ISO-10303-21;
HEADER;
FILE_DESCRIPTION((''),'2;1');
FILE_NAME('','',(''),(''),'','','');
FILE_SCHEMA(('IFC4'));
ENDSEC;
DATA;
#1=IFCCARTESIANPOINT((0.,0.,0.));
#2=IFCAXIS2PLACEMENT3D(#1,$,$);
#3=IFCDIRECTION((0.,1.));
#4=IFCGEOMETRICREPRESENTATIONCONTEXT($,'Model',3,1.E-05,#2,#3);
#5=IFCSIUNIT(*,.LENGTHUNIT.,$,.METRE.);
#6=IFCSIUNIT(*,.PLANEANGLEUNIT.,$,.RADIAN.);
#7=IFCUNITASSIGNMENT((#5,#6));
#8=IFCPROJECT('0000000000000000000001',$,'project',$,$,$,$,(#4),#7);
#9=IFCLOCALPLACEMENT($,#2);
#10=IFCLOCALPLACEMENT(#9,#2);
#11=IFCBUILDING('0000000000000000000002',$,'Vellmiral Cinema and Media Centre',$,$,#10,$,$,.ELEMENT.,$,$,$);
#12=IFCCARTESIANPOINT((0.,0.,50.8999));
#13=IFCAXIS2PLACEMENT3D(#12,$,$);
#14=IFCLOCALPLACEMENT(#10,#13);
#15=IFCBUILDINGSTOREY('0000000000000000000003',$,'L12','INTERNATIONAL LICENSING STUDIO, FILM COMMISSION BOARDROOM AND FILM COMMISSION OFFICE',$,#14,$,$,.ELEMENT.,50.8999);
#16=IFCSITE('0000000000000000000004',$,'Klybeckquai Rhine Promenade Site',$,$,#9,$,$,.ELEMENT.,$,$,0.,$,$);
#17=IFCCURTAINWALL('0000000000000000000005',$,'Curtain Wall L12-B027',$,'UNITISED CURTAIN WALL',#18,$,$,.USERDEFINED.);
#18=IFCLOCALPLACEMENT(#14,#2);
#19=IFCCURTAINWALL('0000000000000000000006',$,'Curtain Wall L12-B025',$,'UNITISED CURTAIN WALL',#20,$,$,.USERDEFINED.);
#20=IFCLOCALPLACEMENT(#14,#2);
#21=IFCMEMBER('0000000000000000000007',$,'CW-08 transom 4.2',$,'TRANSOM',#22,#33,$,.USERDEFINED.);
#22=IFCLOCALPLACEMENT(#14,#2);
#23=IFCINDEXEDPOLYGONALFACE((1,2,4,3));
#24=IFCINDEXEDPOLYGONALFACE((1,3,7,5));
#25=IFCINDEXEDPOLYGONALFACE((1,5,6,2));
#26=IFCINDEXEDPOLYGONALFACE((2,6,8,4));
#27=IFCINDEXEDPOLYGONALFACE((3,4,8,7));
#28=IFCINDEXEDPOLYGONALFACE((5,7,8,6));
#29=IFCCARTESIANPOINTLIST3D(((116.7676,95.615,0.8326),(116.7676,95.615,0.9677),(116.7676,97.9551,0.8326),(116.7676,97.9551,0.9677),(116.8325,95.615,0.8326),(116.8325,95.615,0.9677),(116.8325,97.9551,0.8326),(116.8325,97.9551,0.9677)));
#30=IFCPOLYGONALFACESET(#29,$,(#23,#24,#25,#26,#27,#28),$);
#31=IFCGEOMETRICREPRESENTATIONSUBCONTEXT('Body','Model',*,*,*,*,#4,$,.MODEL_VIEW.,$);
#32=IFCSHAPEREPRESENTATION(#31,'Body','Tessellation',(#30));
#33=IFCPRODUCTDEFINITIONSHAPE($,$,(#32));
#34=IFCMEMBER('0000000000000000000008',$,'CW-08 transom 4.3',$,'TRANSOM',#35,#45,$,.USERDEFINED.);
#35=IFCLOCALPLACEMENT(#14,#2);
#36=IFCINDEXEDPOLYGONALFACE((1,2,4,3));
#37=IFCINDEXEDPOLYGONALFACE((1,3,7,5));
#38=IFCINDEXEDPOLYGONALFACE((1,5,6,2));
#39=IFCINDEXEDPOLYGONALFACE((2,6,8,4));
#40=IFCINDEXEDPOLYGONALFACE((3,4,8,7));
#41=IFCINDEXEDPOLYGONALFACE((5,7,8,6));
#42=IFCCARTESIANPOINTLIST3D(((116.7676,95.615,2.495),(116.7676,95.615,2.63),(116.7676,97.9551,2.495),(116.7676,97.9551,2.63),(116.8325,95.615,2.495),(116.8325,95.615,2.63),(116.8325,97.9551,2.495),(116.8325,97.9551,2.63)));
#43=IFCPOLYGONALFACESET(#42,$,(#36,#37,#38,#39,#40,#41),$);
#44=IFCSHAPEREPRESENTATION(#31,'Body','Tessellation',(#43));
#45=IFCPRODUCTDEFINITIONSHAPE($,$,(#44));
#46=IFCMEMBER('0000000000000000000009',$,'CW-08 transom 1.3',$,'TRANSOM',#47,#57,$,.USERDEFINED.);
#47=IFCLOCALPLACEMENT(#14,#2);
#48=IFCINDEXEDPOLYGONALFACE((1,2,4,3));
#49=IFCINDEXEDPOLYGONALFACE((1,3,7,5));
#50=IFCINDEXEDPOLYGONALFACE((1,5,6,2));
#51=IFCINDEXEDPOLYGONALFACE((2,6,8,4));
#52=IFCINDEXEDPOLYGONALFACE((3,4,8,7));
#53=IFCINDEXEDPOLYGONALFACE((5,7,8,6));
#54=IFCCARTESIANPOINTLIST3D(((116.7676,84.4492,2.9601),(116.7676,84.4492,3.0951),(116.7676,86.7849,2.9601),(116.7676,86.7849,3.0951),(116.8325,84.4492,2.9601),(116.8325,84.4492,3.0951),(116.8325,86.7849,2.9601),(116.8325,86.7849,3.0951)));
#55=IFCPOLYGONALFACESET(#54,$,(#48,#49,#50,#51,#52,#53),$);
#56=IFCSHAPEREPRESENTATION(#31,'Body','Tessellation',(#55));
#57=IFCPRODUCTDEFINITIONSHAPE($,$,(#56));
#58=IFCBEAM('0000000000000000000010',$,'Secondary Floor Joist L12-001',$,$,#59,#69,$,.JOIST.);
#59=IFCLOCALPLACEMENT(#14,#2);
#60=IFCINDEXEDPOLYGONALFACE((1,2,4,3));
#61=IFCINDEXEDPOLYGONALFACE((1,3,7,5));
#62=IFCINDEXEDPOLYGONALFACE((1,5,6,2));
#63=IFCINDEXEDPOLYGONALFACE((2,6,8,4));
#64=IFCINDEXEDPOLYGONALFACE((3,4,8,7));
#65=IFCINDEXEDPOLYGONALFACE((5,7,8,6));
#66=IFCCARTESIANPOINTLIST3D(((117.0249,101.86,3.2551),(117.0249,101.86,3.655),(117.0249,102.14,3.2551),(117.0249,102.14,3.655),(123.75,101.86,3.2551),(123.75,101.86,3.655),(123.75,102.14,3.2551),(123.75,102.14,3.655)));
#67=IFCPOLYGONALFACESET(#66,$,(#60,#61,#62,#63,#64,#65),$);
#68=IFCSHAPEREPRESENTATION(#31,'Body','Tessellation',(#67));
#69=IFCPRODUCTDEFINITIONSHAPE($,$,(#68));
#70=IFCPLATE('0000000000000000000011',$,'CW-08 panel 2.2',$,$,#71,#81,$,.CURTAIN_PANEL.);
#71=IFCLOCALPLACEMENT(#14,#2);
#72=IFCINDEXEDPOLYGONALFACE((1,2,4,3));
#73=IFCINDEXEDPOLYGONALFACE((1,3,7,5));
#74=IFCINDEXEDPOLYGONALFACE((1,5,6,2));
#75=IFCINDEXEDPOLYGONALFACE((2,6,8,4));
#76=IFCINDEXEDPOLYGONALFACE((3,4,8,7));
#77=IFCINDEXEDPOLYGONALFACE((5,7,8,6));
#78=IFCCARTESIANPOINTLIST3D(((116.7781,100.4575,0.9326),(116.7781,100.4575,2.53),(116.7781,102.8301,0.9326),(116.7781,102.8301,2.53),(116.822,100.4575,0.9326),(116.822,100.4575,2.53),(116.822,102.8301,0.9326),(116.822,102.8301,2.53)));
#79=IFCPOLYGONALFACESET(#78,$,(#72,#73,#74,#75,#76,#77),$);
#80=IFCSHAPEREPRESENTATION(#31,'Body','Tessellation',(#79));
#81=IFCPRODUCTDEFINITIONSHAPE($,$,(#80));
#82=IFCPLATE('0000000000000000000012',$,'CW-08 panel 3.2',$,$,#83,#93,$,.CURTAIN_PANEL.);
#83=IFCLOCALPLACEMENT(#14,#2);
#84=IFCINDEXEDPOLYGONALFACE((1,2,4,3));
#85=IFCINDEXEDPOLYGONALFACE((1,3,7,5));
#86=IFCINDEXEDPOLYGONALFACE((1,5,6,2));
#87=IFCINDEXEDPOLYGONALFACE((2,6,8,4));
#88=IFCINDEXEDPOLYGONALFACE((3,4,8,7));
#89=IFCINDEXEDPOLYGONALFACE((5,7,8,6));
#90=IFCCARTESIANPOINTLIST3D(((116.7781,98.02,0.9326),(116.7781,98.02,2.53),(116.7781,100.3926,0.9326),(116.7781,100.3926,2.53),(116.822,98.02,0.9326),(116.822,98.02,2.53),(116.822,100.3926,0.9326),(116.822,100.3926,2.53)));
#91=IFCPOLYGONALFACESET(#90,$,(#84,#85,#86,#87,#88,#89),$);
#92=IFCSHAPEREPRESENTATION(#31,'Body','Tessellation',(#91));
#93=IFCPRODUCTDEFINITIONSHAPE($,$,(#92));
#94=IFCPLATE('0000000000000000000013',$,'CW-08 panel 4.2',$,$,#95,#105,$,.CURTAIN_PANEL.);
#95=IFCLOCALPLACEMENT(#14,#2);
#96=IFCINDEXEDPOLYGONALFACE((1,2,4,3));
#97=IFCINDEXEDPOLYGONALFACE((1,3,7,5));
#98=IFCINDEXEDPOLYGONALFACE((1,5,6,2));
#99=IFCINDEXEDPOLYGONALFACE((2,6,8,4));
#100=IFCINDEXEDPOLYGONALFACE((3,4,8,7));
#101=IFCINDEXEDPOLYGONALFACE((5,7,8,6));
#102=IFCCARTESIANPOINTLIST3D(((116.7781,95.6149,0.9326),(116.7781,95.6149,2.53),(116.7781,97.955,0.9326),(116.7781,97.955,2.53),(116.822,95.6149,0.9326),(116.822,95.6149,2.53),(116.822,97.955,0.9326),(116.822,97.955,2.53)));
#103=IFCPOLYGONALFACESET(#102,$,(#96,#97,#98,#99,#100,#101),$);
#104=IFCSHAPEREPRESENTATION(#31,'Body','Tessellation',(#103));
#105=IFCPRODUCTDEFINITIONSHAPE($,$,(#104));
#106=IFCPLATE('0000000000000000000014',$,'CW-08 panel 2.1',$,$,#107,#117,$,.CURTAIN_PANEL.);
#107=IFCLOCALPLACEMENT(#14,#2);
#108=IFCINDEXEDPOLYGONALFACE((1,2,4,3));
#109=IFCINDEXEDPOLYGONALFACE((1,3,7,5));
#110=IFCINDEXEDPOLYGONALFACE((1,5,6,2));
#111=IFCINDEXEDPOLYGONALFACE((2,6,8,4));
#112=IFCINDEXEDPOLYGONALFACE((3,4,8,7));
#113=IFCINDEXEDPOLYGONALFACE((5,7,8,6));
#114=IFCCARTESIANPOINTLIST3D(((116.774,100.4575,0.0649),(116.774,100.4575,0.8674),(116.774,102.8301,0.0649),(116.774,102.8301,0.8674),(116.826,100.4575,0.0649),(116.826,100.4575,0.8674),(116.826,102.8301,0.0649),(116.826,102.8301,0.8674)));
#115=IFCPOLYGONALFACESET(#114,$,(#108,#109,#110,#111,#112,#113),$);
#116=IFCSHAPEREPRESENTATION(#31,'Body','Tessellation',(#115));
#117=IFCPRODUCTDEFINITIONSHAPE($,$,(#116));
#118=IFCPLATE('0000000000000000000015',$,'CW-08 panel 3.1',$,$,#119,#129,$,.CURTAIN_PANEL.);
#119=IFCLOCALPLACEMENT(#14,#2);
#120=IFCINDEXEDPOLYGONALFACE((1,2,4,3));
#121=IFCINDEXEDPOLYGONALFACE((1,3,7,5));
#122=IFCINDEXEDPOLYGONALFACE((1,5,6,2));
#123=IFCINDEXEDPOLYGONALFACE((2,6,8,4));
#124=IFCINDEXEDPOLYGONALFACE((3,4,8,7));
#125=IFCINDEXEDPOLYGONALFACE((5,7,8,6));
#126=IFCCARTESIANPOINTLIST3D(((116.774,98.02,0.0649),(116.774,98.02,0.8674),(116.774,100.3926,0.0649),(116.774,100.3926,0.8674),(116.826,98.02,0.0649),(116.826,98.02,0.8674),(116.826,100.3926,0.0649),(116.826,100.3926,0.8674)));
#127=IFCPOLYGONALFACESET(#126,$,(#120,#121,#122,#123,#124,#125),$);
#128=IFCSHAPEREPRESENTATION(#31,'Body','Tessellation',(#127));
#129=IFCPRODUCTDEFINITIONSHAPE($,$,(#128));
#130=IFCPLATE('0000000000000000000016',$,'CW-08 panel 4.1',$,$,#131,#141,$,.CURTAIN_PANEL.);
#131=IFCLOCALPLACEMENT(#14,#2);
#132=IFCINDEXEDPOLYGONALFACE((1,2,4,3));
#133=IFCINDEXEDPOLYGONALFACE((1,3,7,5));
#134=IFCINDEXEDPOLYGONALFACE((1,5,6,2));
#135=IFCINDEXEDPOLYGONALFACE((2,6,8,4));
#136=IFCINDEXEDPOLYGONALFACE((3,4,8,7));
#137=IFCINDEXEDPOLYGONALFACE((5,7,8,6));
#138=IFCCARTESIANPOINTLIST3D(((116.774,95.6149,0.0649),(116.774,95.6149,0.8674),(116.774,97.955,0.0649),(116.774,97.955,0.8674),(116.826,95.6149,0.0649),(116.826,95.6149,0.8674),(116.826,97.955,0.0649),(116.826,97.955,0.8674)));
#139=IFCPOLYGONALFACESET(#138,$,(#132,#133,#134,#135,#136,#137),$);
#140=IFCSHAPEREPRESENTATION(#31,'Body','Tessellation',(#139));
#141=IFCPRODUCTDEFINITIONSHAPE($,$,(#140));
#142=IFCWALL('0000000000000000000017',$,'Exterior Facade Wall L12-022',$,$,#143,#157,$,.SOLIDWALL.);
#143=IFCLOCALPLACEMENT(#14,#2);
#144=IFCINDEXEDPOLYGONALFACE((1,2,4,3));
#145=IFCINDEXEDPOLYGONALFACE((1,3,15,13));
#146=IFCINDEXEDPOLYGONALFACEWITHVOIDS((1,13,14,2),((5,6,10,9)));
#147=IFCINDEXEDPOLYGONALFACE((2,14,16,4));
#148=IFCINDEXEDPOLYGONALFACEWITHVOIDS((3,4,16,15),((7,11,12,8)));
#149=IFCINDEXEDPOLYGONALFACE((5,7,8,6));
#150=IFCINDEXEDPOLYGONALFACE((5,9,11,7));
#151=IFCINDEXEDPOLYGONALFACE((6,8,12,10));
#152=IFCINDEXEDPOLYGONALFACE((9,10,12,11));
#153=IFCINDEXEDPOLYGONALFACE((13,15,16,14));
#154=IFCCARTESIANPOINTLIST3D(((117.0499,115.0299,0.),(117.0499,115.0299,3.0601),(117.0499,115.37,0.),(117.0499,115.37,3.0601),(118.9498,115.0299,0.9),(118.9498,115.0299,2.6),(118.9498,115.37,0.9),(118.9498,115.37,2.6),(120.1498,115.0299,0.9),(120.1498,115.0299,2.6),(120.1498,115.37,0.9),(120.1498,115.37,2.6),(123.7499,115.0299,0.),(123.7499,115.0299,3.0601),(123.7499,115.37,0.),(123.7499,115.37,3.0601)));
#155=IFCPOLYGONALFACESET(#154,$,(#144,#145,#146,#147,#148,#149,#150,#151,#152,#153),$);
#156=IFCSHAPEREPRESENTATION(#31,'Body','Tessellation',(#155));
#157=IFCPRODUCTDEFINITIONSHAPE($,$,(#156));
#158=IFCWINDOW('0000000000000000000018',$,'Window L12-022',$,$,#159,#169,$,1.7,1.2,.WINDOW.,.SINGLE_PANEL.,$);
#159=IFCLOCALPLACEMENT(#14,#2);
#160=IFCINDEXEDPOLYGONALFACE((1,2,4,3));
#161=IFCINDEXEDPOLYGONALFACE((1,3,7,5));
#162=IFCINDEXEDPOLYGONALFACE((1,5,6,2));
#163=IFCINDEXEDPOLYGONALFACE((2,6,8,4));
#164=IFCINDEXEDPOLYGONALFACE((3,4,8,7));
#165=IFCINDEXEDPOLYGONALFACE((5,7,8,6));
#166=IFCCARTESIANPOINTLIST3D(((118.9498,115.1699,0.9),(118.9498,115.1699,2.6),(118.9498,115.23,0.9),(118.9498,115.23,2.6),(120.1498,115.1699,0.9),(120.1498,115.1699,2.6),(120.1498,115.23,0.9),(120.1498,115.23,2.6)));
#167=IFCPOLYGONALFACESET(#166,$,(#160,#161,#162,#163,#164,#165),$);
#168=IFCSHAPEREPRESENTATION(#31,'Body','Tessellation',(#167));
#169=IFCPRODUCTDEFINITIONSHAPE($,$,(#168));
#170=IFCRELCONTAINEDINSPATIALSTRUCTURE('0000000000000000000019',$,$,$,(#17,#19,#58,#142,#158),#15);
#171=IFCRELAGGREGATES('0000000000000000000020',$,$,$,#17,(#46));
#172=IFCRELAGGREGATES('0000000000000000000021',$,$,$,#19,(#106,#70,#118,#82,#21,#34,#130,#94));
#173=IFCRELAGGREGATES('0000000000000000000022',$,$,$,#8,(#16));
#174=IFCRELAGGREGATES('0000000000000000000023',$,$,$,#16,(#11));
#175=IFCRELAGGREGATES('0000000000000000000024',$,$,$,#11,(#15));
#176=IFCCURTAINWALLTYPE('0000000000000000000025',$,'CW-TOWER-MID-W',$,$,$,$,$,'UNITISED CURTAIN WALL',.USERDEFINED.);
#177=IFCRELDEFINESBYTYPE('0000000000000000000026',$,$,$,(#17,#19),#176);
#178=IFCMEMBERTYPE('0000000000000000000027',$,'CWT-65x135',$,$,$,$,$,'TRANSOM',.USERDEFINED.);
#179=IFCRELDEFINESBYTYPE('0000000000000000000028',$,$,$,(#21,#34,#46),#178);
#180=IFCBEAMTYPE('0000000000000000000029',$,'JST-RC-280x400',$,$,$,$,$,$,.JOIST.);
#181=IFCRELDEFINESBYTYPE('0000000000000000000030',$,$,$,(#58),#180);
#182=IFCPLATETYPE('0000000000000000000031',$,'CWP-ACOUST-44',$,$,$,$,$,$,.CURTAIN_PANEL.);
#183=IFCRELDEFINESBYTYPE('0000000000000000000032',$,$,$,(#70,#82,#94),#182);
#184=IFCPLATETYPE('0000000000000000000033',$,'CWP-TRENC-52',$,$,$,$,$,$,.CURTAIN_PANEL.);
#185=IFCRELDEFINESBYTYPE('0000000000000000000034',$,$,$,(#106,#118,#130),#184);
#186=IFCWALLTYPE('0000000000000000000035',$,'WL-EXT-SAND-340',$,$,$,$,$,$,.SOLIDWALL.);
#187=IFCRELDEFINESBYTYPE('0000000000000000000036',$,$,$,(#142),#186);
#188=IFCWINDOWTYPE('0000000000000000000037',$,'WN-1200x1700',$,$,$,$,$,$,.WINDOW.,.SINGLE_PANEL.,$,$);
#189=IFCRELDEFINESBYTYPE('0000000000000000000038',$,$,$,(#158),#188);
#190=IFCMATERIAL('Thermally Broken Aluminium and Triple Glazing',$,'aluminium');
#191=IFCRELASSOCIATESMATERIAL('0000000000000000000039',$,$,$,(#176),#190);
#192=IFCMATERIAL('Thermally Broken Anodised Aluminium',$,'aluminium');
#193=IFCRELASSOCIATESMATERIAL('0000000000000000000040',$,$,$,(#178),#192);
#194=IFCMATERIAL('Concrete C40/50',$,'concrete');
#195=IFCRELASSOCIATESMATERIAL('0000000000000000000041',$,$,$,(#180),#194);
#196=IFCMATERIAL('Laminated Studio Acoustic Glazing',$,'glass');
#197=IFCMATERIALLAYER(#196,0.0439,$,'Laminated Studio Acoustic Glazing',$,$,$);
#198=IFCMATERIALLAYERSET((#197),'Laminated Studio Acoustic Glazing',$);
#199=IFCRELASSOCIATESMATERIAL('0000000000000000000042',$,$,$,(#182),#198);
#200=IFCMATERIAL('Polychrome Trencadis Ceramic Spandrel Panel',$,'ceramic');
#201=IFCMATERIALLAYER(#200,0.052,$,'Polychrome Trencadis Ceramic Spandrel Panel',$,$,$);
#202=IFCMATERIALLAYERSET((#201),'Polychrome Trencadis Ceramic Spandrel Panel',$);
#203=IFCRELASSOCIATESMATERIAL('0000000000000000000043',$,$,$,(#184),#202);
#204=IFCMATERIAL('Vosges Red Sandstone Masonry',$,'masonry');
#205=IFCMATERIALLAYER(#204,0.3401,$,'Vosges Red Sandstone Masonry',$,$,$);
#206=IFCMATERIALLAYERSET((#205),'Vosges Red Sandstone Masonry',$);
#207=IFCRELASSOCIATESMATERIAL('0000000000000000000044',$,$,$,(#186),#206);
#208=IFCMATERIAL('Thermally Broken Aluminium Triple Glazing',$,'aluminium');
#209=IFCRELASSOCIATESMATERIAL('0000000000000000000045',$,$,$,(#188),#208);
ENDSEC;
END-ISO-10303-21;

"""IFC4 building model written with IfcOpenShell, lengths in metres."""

from ifc_helpers import new_model, si_unit, direction, frame, frame_2d, origin, origin_2d, place, context, subcontext, project, spatial, rectangle, extrude, material, layer, layer_set, material_profile, profile_set, type_object, element, fill, aggregate, save


model = new_model("IFC4")

# Units and contexts
model_context = context("Model", 3, precision=1e-05, world=origin(), true_north=direction((0.0, 1.0)))
body_context = subcontext(model_context, "Body", "Model", "MODEL_VIEW")
ifc_project = project(units=[si_unit("LENGTHUNIT", "METRE"), si_unit("PLANEANGLEUNIT", "RADIAN")], contexts=[model_context])

# Site, building, storey
site_placement = place(None, origin())
site = spatial("IfcSite", under=ifc_project, at=site_placement, Name="Klybeckquai Rhine Promenade Site", CompositionType="ELEMENT", RefElevation=0.0)
building_placement = place(site_placement, origin())
building = spatial("IfcBuilding", under=site, at=building_placement, Name="Vellmiral Cinema and Media Centre", CompositionType="ELEMENT")
storey_placement = place(building_placement, frame((0.0, 0.0, 50.8999)))
storey = spatial("IfcBuildingStorey", under=building, at=storey_placement, Name="L12", Description="INTERNATIONAL LICENSING STUDIO, FILM COMMISSION BOARDROOM AND FILM COMMISSION OFFICE", CompositionType="ELEMENT", Elevation=50.8999)

# Curtain wall
ifc_material_1 = material(Name="Thermally Broken Aluminium and Triple Glazing", Category="aluminium")
curtain_wall_type = type_object("IfcCurtainWallType", Name="CW-TOWER-MID-W", ElementType="UNITISED CURTAIN WALL", PredefinedType="USERDEFINED", material=ifc_material_1)
curtain_wall_1_placement = place(storey_placement, origin())
curtain_wall_1 = element("IfcCurtainWall", 1, at=curtain_wall_1_placement, inside=storey, type_object=curtain_wall_type, Name="Curtain Wall L12-B027", ObjectType="UNITISED CURTAIN WALL", PredefinedType="USERDEFINED")

# Curtain wall, members
curtain_wall_2_placement = place(storey_placement, origin())
curtain_wall_2 = element("IfcCurtainWall", 2, at=curtain_wall_2_placement, inside=storey, type_object=curtain_wall_type, Name="Curtain Wall L12-B025", ObjectType="UNITISED CURTAIN WALL", PredefinedType="USERDEFINED")
ifc_material_2 = material(Name="Thermally Broken Anodised Aluminium", Category="aluminium")
ifc_material_profile_1 = material_profile(ifc_material_2, rectangle(XDim=0.0649, YDim=0.135, at=origin_2d()), Name="MULL 65x135")
ifc_profile_set_1 = profile_set([ifc_material_profile_1], Name="Thermally Broken Anodised Aluminium")
member_type_1 = type_object("IfcMemberType", Name="CWT-65x135", ElementType="TRANSOM", PredefinedType="USERDEFINED", material=ifc_profile_set_1)
member_1_placement = place(storey_placement, frame((116.8, 97.9551, 0.9001), z_axis=(0.0, -1.0, 0.0), x_axis=(1.0, 0.0, 0.0)))
member_1 = element("IfcMember", 3, at=member_1_placement, type_object=member_type_1, Name="CW-08 transom 4.2", ObjectType="TRANSOM", PredefinedType="USERDEFINED", context=body_context, shape_type="SweptSolid", body=[
    extrude(rectangle(XDim=0.0649, YDim=0.135, at=origin_2d()), origin(), (0.0, 0.0, 1.0), 2.3401),
])
member_2_placement = place(storey_placement, frame((116.8, 97.9551, 2.5625), z_axis=(0.0, -1.0, 0.0), x_axis=(1.0, 0.0, 0.0)))
member_2 = element("IfcMember", 4, at=member_2_placement, type_object=member_type_1, Name="CW-08 transom 4.3", ObjectType="TRANSOM", PredefinedType="USERDEFINED", context=body_context, shape_type="SweptSolid", body=[
    extrude(rectangle(XDim=0.0649, YDim=0.135, at=origin_2d()), origin(), (0.0, 0.0, 1.0), 2.3401),
])

# Member
member_3_placement = place(storey_placement, frame((116.8, 86.7849, 3.0276), z_axis=(0.0, -1.0, 0.0), x_axis=(1.0, 0.0, 0.0)))
member_3 = element("IfcMember", 5, at=member_3_placement, type_object=member_type_1, Name="CW-08 transom 1.3", ObjectType="TRANSOM", PredefinedType="USERDEFINED", context=body_context, shape_type="SweptSolid", body=[
    extrude(rectangle(XDim=0.0649, YDim=0.135, at=origin_2d()), origin(), (0.0, 0.0, 1.0), 2.3357),
])
aggregate(curtain_wall_1, [member_3])

# Beam
ifc_material_3 = material(Name="Concrete C40/50", Category="concrete")
ifc_material_profile_2 = material_profile(ifc_material_3, rectangle(XDim=0.28, YDim=0.3999, at=origin_2d()), Name="RC 280x400")
ifc_profile_set_2 = profile_set([ifc_material_profile_2], Name="Concrete C40/50")
beam_type = type_object("IfcBeamType", Name="JST-RC-280x400", PredefinedType="JOIST", material=ifc_profile_set_2)
beam_placement = place(storey_placement, frame((117.0249, 102.0, 3.4551), z_axis=(1.0, 0.0, 0.0), x_axis=(0.0, 1.0, 0.0)))
element("IfcBeam", 6, at=beam_placement, inside=storey, type_object=beam_type, Name="Secondary Floor Joist L12-001", PredefinedType="JOIST", context=body_context, shape_type="SweptSolid", body=[
    extrude(rectangle(XDim=0.28, YDim=0.3999, at=origin_2d()), origin(), (0.0, 0.0, 1.0), 6.7251),
])

# Plates
ifc_material_4 = material(Name="Laminated Studio Acoustic Glazing", Category="glass")
ifc_layer_1 = layer(ifc_material_4, 0.0439, Name="Laminated Studio Acoustic Glazing")
ifc_layer_set_1 = layer_set([ifc_layer_1], Name="Laminated Studio Acoustic Glazing")
plate_type_1 = type_object("IfcPlateType", Name="CWP-ACOUST-44", PredefinedType="CURTAIN_PANEL", material=ifc_layer_set_1)
plate_1_placement = place(storey_placement, frame((116.8, 101.6438, 0.9326), z_axis=(0.0, 0.0, 1.0), x_axis=(0.0, -1.0, 0.0)))
plate_1 = element("IfcPlate", 7, at=plate_1_placement, type_object=plate_type_1, Name="CW-08 panel 2.2", PredefinedType="CURTAIN_PANEL", context=body_context, shape_type="SweptSolid", body=[
    extrude(rectangle(XDim=2.3726, YDim=0.0439, at=origin_2d()), origin(), (0.0, 0.0, 1.0), 1.5974),
])
plate_2_placement = place(storey_placement, frame((116.8, 99.2063, 0.9326), z_axis=(0.0, 0.0, 1.0), x_axis=(0.0, -1.0, 0.0)))
plate_2 = element("IfcPlate", 8, at=plate_2_placement, type_object=plate_type_1, Name="CW-08 panel 3.2", PredefinedType="CURTAIN_PANEL", context=body_context, shape_type="SweptSolid", body=[
    extrude(rectangle(XDim=2.3726, YDim=0.0439, at=origin_2d()), origin(), (0.0, 0.0, 1.0), 1.5974),
])
plate_3_placement = place(storey_placement, frame((116.8, 96.7849, 0.9326), z_axis=(0.0, 0.0, 1.0), x_axis=(0.0, -1.0, 0.0)))
plate_3 = element("IfcPlate", 9, at=plate_3_placement, type_object=plate_type_1, Name="CW-08 panel 4.2", PredefinedType="CURTAIN_PANEL", context=body_context, shape_type="SweptSolid", body=[
    extrude(rectangle(XDim=2.3401, YDim=0.0439, at=origin_2d()), origin(), (0.0, 0.0, 1.0), 1.5974),
])
ifc_material_5 = material(Name="Polychrome Trencadis Ceramic Spandrel Panel", Category="ceramic")
ifc_layer_2 = layer(ifc_material_5, 0.052, Name="Polychrome Trencadis Ceramic Spandrel Panel")
ifc_layer_set_2 = layer_set([ifc_layer_2], Name="Polychrome Trencadis Ceramic Spandrel Panel")
plate_type_2 = type_object("IfcPlateType", Name="CWP-TRENC-52", PredefinedType="CURTAIN_PANEL", material=ifc_layer_set_2)
plate_4_placement = place(storey_placement, frame((116.8, 101.6438, 0.0649), z_axis=(0.0, 0.0, 1.0), x_axis=(0.0, -1.0, 0.0)))
plate_4 = element("IfcPlate", 10, at=plate_4_placement, type_object=plate_type_2, Name="CW-08 panel 2.1", PredefinedType="CURTAIN_PANEL", context=body_context, shape_type="SweptSolid", body=[
    extrude(rectangle(XDim=2.3726, YDim=0.052, at=origin_2d()), origin(), (0.0, 0.0, 1.0), 0.8025),
])
plate_5_placement = place(storey_placement, frame((116.8, 99.2063, 0.0649), z_axis=(0.0, 0.0, 1.0), x_axis=(0.0, -1.0, 0.0)))
plate_5 = element("IfcPlate", 11, at=plate_5_placement, type_object=plate_type_2, Name="CW-08 panel 3.1", PredefinedType="CURTAIN_PANEL", context=body_context, shape_type="SweptSolid", body=[
    extrude(rectangle(XDim=2.3726, YDim=0.052, at=origin_2d()), origin(), (0.0, 0.0, 1.0), 0.8025),
])
plate_6_placement = place(storey_placement, frame((116.8, 96.7849, 0.0649), z_axis=(0.0, 0.0, 1.0), x_axis=(0.0, -1.0, 0.0)))
plate_6 = element("IfcPlate", 12, at=plate_6_placement, type_object=plate_type_2, Name="CW-08 panel 4.1", PredefinedType="CURTAIN_PANEL", context=body_context, shape_type="SweptSolid", body=[
    extrude(rectangle(XDim=2.3401, YDim=0.052, at=origin_2d()), origin(), (0.0, 0.0, 1.0), 0.8025),
])
aggregate(curtain_wall_2, [plate_4, plate_1, plate_5, plate_2, member_1, member_2, plate_6, plate_3])

# Wall, opening, window
ifc_material_6 = material(Name="Vosges Red Sandstone Masonry", Category="masonry")
ifc_layer_3 = layer(ifc_material_6, 0.3401, Name="Vosges Red Sandstone Masonry")
ifc_layer_set_3 = layer_set([ifc_layer_3], Name="Vosges Red Sandstone Masonry")
wall_type_1 = type_object("IfcWallType", Name="WL-EXT-SAND-340", PredefinedType="SOLIDWALL", material=ifc_layer_set_3)
wall_1_placement = place(storey_placement, frame((123.75, 115.2, 0.0), z_axis=(0.0, 0.0, 1.0), x_axis=(-1.0, 0.0, 0.0)))
wall_1 = element("IfcWall", 13, at=wall_1_placement, inside=storey, type_object=wall_type_1, Name="Exterior Facade Wall L12-022", PredefinedType="SOLIDWALL", context=body_context, shape_type="SweptSolid", body=[
    extrude(rectangle(XDim=6.7, YDim=0.3401, at=frame_2d((3.3501, 0.0))), origin(), (0.0, 0.0, 1.0), 3.0601),
])
opening_1_placement = place(wall_1_placement, frame((3.6001, 0.0, 0.8999)))
opening_1 = element("IfcOpeningElement", 14, at=opening_1_placement, cuts=wall_1, PredefinedType="OPENING", context=body_context, shape_type="SweptSolid", body=[
    extrude(rectangle(XDim=1.2, YDim=1.7, at=frame_2d((0.6001, 0.8501))), frame((0.0, 0.1821, 0.0), z_axis=(0.0, -1.0, 0.0), x_axis=(1.0, 0.0, 0.0)), (0.0, 0.0, 1.0), 0.364),
])
ifc_material_7 = material(Name="Thermally Broken Aluminium Triple Glazing", Category="aluminium")
window_type_1 = type_object("IfcWindowType", Name="WN-1200x1700", PartitioningType="SINGLE_PANEL", PredefinedType="WINDOW", material=ifc_material_7)
window_1_placement = place(opening_1_placement, origin())
window_1 = element("IfcWindow", 15, at=window_1_placement, inside=storey, type_object=window_type_1, Name="Window L12-022", OverallHeight=1.7, OverallWidth=1.2, PartitioningType="SINGLE_PANEL", PredefinedType="WINDOW", context=body_context, shape_type="SweptSolid", body=[
    extrude(rectangle(XDim=1.2, YDim=1.7, at=frame_2d((0.6001, 0.8501))), frame((0.0, 0.03, 0.0), z_axis=(0.0, -1.0, 0.0), x_axis=(1.0, 0.0, 0.0)), (0.0, 0.0, 1.0), 0.0601),
])
fill(opening_1, window_1)

save(model, "model.ifc")
